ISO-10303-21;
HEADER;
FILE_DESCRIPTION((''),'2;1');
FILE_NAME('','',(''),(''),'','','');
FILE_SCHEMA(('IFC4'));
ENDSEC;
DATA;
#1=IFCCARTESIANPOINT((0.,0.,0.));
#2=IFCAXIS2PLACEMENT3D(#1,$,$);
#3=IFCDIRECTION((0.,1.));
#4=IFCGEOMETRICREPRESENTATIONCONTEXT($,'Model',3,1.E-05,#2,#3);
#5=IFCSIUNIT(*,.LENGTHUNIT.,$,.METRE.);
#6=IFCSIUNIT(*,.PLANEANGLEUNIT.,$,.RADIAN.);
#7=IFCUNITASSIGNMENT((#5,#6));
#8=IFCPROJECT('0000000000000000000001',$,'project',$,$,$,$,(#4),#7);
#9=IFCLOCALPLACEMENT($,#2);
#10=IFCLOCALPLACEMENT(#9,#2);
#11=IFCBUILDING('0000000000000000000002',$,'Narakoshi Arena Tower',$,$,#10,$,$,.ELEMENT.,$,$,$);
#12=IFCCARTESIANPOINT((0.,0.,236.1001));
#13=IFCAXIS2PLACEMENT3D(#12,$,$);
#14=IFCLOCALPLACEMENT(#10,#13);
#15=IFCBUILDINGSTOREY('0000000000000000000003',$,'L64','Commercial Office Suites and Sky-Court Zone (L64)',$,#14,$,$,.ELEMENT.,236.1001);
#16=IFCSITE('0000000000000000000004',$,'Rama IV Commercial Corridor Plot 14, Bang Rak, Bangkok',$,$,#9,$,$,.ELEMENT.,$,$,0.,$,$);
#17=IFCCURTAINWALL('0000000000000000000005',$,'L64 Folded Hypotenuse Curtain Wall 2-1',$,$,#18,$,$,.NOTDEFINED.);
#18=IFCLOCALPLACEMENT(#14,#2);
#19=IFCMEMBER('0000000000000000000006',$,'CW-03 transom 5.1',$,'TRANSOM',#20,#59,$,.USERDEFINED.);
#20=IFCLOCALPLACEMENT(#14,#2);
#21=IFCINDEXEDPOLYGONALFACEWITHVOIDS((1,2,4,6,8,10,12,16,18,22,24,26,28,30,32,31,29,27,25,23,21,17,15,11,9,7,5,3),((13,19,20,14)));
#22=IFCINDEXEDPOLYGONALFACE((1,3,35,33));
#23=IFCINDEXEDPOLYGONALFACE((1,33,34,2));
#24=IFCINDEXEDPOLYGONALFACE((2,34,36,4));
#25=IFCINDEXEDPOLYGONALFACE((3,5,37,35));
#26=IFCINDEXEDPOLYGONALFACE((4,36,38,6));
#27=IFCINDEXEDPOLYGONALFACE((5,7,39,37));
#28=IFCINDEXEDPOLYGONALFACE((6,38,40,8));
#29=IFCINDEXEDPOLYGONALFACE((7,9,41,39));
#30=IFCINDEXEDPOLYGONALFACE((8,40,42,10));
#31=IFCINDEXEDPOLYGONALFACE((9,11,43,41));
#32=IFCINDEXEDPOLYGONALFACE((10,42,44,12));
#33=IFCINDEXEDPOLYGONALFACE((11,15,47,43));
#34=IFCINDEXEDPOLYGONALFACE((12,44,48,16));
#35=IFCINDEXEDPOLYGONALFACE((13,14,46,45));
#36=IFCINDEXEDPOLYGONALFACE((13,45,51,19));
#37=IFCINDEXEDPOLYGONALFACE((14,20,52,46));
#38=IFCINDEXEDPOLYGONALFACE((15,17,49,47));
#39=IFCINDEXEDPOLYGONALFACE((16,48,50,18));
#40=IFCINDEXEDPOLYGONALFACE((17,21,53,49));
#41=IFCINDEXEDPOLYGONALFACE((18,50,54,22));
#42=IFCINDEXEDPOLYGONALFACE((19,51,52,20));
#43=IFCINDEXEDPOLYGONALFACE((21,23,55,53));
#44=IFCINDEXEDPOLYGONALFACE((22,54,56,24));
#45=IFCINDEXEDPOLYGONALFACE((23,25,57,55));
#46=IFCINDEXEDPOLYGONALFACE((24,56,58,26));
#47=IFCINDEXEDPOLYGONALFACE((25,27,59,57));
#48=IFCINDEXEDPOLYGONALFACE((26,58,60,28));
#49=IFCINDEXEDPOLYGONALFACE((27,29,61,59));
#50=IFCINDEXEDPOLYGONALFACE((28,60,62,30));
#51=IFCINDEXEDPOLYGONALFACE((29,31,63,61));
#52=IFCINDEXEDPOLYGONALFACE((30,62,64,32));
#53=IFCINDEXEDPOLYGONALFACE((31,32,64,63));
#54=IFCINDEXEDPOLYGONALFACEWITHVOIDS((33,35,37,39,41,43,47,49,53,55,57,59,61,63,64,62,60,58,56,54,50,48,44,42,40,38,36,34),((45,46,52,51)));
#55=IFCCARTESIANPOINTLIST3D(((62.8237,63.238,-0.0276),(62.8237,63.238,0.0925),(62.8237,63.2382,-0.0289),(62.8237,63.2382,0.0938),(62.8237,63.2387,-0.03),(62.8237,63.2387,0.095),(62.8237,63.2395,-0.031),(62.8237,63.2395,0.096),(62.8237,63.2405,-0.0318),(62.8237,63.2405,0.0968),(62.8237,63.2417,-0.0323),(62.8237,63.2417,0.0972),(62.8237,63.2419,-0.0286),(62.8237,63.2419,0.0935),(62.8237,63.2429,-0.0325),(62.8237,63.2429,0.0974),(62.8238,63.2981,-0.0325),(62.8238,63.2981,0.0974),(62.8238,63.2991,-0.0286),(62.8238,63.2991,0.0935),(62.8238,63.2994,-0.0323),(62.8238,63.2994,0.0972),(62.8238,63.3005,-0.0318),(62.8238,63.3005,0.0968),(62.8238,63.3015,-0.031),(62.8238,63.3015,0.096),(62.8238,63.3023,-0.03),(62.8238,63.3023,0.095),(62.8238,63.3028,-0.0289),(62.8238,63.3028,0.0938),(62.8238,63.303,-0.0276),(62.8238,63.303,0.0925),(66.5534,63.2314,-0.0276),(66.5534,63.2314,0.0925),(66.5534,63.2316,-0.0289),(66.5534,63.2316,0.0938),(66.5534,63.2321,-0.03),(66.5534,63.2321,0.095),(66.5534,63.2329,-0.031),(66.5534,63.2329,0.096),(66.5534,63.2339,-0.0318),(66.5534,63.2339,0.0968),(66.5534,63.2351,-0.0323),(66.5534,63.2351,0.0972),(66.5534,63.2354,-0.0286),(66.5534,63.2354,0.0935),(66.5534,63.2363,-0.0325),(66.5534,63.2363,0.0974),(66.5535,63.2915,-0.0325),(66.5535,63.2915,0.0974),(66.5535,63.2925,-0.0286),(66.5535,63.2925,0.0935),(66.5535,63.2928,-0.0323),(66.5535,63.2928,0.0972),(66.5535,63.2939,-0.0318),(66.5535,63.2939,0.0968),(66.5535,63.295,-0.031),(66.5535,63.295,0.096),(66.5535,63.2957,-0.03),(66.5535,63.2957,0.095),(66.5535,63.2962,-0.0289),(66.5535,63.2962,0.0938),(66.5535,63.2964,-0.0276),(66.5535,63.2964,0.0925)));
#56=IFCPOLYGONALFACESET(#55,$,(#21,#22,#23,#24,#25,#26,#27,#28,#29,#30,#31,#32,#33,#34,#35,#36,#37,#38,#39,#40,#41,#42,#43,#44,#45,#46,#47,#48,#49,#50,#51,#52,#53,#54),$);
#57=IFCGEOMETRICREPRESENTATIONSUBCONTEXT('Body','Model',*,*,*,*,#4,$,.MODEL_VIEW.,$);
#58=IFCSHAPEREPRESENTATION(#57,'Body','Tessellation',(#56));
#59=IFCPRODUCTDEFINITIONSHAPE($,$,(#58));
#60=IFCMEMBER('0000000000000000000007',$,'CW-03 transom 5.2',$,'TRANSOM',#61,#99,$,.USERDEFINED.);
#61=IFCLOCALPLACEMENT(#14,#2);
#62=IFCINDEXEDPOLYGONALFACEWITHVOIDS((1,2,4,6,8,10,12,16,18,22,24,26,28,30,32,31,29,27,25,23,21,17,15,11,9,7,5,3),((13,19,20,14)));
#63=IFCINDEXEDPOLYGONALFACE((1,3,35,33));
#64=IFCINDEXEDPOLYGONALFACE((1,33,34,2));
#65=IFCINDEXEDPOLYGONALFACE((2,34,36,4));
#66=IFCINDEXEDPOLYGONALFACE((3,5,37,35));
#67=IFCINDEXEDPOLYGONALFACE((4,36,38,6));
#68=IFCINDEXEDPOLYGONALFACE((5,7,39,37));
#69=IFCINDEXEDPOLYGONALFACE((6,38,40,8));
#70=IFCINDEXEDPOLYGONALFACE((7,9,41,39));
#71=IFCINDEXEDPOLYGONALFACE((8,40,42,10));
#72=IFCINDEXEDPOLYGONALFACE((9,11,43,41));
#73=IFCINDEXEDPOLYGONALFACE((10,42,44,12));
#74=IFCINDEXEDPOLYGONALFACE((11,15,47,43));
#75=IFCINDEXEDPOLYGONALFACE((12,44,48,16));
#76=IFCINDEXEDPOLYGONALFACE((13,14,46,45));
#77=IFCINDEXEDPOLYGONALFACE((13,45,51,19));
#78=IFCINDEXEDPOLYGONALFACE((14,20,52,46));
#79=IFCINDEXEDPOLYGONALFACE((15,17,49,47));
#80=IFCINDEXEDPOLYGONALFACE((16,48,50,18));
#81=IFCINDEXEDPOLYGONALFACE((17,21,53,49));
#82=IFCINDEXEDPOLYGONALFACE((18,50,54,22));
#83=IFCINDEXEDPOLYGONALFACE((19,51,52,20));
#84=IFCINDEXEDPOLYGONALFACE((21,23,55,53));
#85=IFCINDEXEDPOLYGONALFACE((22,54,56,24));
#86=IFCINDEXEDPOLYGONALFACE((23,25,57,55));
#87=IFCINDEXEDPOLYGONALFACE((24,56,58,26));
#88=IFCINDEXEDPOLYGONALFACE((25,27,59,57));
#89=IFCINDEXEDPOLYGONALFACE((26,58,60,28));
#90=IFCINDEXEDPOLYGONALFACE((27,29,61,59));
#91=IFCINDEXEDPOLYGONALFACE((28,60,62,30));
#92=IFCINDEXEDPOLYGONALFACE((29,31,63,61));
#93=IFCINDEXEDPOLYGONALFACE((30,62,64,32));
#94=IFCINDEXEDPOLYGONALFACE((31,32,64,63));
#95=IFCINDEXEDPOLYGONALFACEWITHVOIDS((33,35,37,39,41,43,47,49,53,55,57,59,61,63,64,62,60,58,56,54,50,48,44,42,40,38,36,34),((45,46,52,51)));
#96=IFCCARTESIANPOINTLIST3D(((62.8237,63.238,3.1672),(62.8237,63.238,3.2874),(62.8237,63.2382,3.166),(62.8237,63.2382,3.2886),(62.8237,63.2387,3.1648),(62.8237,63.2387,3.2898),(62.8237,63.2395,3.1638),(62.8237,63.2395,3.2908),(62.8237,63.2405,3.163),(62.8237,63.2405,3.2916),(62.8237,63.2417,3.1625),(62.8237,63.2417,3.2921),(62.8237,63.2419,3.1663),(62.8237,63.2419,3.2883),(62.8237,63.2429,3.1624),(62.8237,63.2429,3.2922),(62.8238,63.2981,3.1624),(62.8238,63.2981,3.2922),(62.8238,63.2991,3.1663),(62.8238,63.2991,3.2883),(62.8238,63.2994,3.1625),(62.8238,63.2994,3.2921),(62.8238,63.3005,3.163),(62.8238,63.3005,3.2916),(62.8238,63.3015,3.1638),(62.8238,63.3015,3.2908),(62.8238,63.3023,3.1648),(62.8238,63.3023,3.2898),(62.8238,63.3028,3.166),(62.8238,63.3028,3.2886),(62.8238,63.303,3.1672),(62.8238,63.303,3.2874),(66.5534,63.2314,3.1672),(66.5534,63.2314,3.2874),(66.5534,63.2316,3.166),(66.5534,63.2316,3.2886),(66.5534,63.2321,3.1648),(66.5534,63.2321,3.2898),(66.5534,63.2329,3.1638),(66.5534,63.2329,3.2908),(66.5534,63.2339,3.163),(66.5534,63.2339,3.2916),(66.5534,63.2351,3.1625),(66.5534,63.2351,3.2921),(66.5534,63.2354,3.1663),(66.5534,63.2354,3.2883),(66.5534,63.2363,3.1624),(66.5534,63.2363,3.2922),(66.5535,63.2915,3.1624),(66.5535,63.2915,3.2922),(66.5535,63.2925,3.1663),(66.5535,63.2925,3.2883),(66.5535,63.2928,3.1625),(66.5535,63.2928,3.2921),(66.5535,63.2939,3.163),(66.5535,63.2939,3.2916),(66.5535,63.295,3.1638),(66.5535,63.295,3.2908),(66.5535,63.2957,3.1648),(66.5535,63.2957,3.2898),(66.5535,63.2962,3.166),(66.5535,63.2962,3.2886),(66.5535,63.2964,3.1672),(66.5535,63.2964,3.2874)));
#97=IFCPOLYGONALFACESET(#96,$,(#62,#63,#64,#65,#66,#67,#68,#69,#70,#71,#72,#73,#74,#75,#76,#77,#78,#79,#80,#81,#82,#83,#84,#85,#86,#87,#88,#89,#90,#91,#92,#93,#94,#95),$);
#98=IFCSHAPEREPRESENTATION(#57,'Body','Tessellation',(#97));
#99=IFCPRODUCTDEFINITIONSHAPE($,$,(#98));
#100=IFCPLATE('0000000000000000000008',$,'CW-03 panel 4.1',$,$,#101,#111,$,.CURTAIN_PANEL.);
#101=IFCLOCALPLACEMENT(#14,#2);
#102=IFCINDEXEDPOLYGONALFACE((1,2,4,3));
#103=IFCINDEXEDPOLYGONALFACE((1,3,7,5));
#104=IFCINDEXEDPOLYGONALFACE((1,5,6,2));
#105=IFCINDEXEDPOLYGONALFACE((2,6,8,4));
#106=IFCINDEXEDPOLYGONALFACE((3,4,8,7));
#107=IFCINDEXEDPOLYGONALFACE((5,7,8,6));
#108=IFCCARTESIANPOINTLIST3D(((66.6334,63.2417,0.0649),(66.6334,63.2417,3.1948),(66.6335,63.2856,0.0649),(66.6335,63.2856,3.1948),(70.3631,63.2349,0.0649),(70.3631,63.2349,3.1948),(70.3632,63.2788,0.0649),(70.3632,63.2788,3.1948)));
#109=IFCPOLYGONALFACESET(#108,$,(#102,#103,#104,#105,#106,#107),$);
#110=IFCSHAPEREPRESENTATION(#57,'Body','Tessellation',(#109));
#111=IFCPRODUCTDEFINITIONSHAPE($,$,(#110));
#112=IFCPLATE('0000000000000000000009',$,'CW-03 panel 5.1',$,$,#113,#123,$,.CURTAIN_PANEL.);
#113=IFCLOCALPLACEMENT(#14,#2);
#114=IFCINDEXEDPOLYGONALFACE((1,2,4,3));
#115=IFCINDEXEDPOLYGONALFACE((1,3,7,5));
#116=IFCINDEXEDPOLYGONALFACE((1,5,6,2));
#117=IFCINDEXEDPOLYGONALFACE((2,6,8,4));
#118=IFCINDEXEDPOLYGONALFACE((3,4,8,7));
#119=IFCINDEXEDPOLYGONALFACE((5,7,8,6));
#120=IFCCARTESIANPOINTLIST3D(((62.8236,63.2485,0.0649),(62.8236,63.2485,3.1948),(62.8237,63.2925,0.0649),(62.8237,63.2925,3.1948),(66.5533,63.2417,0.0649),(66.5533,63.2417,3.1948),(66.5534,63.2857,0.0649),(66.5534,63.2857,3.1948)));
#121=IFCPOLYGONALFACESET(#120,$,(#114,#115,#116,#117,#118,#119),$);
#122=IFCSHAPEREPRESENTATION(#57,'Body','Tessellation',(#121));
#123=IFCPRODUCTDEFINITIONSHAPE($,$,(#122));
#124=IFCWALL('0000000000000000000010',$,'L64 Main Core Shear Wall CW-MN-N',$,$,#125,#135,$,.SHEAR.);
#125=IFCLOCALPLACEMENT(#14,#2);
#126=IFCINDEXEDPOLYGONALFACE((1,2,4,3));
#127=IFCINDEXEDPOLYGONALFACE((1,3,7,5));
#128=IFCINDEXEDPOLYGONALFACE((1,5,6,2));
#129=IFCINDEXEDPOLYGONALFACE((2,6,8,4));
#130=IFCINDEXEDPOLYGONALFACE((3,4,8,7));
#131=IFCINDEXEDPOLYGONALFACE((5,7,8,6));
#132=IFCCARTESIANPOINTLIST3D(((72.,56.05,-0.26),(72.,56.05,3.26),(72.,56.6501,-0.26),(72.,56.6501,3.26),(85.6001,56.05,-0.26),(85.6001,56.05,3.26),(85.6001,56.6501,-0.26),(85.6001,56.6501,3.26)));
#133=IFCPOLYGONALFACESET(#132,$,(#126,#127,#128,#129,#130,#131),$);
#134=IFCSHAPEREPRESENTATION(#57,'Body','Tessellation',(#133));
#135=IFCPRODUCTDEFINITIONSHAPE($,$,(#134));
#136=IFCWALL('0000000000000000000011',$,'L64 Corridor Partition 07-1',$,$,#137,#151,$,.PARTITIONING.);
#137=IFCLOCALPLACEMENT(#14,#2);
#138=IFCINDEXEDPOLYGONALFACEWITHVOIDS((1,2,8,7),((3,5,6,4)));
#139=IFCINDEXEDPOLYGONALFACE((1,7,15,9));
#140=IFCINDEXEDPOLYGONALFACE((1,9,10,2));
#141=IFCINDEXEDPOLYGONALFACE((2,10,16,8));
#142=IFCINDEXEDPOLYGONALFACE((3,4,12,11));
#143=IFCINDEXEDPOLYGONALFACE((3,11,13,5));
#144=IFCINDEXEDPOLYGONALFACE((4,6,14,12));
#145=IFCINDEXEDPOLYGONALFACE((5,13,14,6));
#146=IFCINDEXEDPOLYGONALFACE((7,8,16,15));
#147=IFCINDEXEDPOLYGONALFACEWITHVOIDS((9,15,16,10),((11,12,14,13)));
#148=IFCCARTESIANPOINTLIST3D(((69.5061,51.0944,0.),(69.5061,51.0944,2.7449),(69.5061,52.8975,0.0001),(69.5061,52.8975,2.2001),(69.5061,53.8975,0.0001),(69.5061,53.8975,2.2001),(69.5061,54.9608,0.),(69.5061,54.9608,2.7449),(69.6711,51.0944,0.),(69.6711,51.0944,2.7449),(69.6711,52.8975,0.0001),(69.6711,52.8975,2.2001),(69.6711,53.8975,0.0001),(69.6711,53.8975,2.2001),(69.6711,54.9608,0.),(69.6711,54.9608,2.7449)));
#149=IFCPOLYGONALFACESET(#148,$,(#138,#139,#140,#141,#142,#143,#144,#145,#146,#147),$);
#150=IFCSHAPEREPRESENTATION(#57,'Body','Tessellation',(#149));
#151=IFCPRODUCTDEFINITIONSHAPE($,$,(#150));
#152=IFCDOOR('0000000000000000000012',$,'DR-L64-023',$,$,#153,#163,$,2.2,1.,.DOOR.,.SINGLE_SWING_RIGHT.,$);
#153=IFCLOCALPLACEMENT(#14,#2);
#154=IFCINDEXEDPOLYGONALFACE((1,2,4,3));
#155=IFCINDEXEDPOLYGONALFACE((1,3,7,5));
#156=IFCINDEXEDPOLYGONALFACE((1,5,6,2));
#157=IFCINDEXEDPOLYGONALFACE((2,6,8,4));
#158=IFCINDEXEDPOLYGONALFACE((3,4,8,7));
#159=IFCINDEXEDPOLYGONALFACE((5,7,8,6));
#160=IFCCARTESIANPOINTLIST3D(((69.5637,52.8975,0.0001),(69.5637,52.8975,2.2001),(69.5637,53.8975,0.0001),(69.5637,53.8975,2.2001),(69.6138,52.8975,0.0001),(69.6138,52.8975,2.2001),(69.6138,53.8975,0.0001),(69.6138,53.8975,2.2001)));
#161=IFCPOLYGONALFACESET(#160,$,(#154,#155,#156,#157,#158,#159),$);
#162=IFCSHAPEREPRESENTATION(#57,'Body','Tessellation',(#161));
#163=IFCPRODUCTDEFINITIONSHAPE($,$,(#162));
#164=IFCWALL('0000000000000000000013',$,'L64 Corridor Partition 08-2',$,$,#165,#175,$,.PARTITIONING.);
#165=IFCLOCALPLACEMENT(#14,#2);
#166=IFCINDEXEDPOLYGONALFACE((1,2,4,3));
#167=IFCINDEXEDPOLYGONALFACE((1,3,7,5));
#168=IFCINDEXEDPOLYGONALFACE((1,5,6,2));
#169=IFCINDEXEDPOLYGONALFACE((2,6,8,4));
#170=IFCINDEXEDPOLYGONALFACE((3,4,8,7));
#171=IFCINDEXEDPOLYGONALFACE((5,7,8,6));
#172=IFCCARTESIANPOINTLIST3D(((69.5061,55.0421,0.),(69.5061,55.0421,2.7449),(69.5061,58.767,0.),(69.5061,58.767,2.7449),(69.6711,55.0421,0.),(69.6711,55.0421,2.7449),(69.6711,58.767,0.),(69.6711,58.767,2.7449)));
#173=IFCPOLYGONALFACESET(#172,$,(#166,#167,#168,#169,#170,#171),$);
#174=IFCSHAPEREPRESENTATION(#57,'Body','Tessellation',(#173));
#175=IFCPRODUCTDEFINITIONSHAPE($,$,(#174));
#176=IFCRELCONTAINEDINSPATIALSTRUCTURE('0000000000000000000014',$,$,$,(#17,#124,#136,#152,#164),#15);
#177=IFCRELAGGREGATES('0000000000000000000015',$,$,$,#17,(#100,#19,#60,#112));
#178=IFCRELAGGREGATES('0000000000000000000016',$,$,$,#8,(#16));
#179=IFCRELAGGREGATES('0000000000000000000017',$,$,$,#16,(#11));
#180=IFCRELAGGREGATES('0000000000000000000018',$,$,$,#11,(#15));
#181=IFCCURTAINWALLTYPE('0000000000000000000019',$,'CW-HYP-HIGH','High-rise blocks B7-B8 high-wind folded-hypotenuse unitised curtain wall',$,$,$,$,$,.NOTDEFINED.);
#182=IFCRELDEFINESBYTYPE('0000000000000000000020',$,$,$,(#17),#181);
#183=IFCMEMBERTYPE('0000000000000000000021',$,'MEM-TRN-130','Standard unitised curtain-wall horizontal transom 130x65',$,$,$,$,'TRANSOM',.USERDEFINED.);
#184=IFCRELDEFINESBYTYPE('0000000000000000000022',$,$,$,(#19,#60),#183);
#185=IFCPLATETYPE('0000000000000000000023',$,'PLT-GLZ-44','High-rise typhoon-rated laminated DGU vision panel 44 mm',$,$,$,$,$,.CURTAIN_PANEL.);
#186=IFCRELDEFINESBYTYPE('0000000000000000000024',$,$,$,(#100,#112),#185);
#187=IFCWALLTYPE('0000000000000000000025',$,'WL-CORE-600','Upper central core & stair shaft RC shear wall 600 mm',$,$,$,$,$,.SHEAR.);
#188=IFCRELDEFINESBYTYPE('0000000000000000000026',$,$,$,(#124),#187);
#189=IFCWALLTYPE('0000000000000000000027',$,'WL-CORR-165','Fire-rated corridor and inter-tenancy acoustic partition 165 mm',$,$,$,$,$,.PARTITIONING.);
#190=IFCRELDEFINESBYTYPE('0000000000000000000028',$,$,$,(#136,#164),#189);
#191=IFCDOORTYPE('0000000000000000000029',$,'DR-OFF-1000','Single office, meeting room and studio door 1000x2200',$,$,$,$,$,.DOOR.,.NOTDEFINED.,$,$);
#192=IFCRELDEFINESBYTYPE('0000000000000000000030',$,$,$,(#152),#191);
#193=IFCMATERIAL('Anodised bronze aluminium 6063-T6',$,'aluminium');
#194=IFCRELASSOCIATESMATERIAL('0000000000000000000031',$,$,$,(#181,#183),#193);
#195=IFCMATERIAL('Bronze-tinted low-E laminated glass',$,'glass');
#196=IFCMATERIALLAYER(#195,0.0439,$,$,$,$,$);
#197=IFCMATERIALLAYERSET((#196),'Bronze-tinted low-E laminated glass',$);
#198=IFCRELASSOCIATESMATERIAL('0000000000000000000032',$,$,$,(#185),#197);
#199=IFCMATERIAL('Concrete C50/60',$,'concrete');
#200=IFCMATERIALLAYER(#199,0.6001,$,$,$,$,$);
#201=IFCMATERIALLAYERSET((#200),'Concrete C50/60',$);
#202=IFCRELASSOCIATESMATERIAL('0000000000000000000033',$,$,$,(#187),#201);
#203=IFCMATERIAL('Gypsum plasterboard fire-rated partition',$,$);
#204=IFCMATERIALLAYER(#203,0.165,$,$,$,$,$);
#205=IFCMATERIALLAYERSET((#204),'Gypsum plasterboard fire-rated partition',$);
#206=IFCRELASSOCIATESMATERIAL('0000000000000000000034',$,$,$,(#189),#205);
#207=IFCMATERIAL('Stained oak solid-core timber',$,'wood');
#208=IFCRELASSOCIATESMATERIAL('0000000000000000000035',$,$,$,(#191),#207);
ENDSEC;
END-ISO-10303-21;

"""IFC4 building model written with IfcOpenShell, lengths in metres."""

from ifc_helpers import new_model, si_unit, direction, frame, frame_2d, origin, origin_2d, place, context, subcontext, project, spatial, rectangle, hollow_rectangle, extrude, material, layer, layer_set, material_profile, profile_set, type_object, element, fill, aggregate, save


model = new_model("IFC4")

# Units and contexts
model_context = context("Model", 3, precision=1e-05, world=origin(), true_north=direction((0.0, 1.0)))
body_context = subcontext(model_context, "Body", "Model", "MODEL_VIEW")
ifc_project = project(units=[si_unit("LENGTHUNIT", "METRE"), si_unit("PLANEANGLEUNIT", "RADIAN")], contexts=[model_context])

# Site, building, storey
site_placement = place(None, origin())
site = spatial("IfcSite", under=ifc_project, at=site_placement, Name="Rama IV Commercial Corridor Plot 14, Bang Rak, Bangkok", CompositionType="ELEMENT", RefElevation=0.0)
building_placement = place(site_placement, origin())
building = spatial("IfcBuilding", under=site, at=building_placement, Name="Narakoshi Arena Tower", CompositionType="ELEMENT")
storey_placement = place(building_placement, frame((0.0, 0.0, 236.1001)))
storey = spatial("IfcBuildingStorey", under=building, at=storey_placement, Name="L64", Description="Commercial Office Suites and Sky-Court Zone (L64)", CompositionType="ELEMENT", Elevation=236.1001)

# Shared definitions
ifc_material_1 = material(Name="Concrete C50/60", Category="concrete")

# Curtain wall, members, plates
ifc_material_2 = material(Name="Anodised bronze aluminium 6063-T6", Category="aluminium")
curtain_wall_type = type_object("IfcCurtainWallType", Name="CW-HYP-HIGH", Description="High-rise blocks B7-B8 high-wind folded-hypotenuse unitised curtain wall", PredefinedType="NOTDEFINED", material=ifc_material_2)
curtain_wall_placement = place(storey_placement, origin())
curtain_wall = element("IfcCurtainWall", 1, at=curtain_wall_placement, inside=storey, type_object=curtain_wall_type, Name="L64 Folded Hypotenuse Curtain Wall 2-1", PredefinedType="NOTDEFINED")
ifc_material_profile_1 = material_profile(ifc_material_2, hollow_rectangle(XDim=0.0649, YDim=0.1299, WallThickness=0.0039, OuterFilletRadius=0.0049, at=origin_2d()), Name="TRN130x65x4")
ifc_profile_set_1 = profile_set([ifc_material_profile_1], Name="Anodised bronze aluminium 6063-T6")
member_type_1 = type_object("IfcMemberType", Name="MEM-TRN-130", Description="Standard unitised curtain-wall horizontal transom 130x65", ElementType="TRANSOM", PredefinedType="USERDEFINED", material=ifc_profile_set_1)
member_1_placement = place(storey_placement, frame((66.5535, 63.2639, 0.0325), z_axis=(-0.999998, 0.001767, 0.0), x_axis=(-0.001767, -0.999998, 0.0)))
member_1 = element("IfcMember", 2, at=member_1_placement, type_object=member_type_1, Name="CW-03 transom 5.1", ObjectType="TRANSOM", PredefinedType="USERDEFINED", context=body_context, shape_type="SweptSolid", body=[
    extrude(hollow_rectangle(XDim=0.0649, YDim=0.1299, WallThickness=0.0039, OuterFilletRadius=0.0049, at=origin_2d()), origin(), (0.0, 0.0, 1.0), 3.7297),
])
member_2_placement = place(storey_placement, frame((66.5535, 63.2639, 3.2273), z_axis=(-0.999998, 0.001767, 0.0), x_axis=(-0.001767, -0.999998, 0.0)))
member_2 = element("IfcMember", 3, at=member_2_placement, type_object=member_type_1, Name="CW-03 transom 5.2", ObjectType="TRANSOM", PredefinedType="USERDEFINED", context=body_context, shape_type="SweptSolid", body=[
    extrude(hollow_rectangle(XDim=0.0649, YDim=0.1299, WallThickness=0.0039, OuterFilletRadius=0.0049, at=origin_2d()), origin(), (0.0, 0.0, 1.0), 3.7297),
])
ifc_material_3 = material(Name="Bronze-tinted low-E laminated glass", Category="glass")
ifc_layer_1 = layer(ifc_material_3, 0.0439)
ifc_layer_set_1 = layer_set([ifc_layer_1], Name="Bronze-tinted low-E laminated glass")
plate_type = type_object("IfcPlateType", Name="PLT-GLZ-44", Description="High-rise typhoon-rated laminated DGU vision panel 44 mm", PredefinedType="CURTAIN_PANEL", material=ifc_layer_set_1)
plate_1_placement = place(storey_placement, frame((68.4983, 63.2603, 0.0649), z_axis=(0.0, 0.0, 1.0), x_axis=(-0.999998, 0.00182, 0.0)))
plate_1 = element("IfcPlate", 4, at=plate_1_placement, type_object=plate_type, Name="CW-03 panel 4.1", PredefinedType="CURTAIN_PANEL", context=body_context, shape_type="SweptSolid", body=[
    extrude(rectangle(XDim=3.7297, YDim=0.0439, at=origin_2d()), origin(), (0.0, 0.0, 1.0), 3.1299),
])
plate_2_placement = place(storey_placement, frame((64.6885, 63.2671, 0.0649), z_axis=(0.0, 0.0, 1.0), x_axis=(-0.999998, 0.00182, 0.0)))
plate_2 = element("IfcPlate", 5, at=plate_2_placement, type_object=plate_type, Name="CW-03 panel 5.1", PredefinedType="CURTAIN_PANEL", context=body_context, shape_type="SweptSolid", body=[
    extrude(rectangle(XDim=3.7297, YDim=0.0439, at=origin_2d()), origin(), (0.0, 0.0, 1.0), 3.1299),
])
aggregate(curtain_wall, [plate_1, member_1, member_2, plate_2])

# Wall
ifc_layer_2 = layer(ifc_material_1, 0.6001)
ifc_layer_set_2 = layer_set([ifc_layer_2], Name="Concrete C50/60")
wall_type_1 = type_object("IfcWallType", Name="WL-CORE-600", Description="Upper central core & stair shaft RC shear wall 600 mm", PredefinedType="SHEAR", material=ifc_layer_set_2)
wall_1_placement = place(storey_placement, frame((72.0, 56.3501, -0.26), z_axis=(0.0, 0.0, 1.0), x_axis=(1.0, 0.0, 0.0)))
element("IfcWall", 6, at=wall_1_placement, inside=storey, type_object=wall_type_1, Name="L64 Main Core Shear Wall CW-MN-N", PredefinedType="SHEAR", context=body_context, shape_type="SweptSolid", body=[
    extrude(rectangle(XDim=13.6001, YDim=0.6001, at=frame_2d((6.8, 0.0))), origin(), (0.0, 0.0, 1.0), 3.52),
])

# Wall, opening, door
ifc_material_4 = material(Name="Gypsum plasterboard fire-rated partition")
ifc_layer_3 = layer(ifc_material_4, 0.165)
ifc_layer_set_3 = layer_set([ifc_layer_3], Name="Gypsum plasterboard fire-rated partition")
wall_type_2 = type_object("IfcWallType", Name="WL-CORR-165", Description="Fire-rated corridor and inter-tenancy acoustic partition 165 mm", PredefinedType="PARTITIONING", material=ifc_layer_set_3)
wall_2_placement = place(storey_placement, frame((69.5886, 54.9607, 0.0), z_axis=(0.0, 0.0, 1.0), x_axis=(0.0, -1.0, 0.0)))
wall_2 = element("IfcWall", 7, at=wall_2_placement, inside=storey, type_object=wall_type_2, Name="L64 Corridor Partition 07-1", PredefinedType="PARTITIONING", context=body_context, shape_type="SweptSolid", body=[
    extrude(rectangle(XDim=3.8665, YDim=0.165, at=frame_2d((1.9331, 0.0))), origin(), (0.0, 0.0, 1.0), 2.7449),
])
opening_1_placement = place(wall_2_placement, frame((1.0632, 0.0, 0.0)))
opening_1 = element("IfcOpeningElement", 8, at=opening_1_placement, cuts=wall_2, PredefinedType="OPENING", context=body_context, shape_type="SweptSolid", body=[
    extrude(rectangle(XDim=1.0, YDim=2.2, at=frame_2d((0.5, 1.1001))), frame((0.0, 0.0925, 0.0), z_axis=(0.0, -1.0, 0.0), x_axis=(1.0, 0.0, 0.0)), (0.0, 0.0, 1.0), 0.1851),
])
ifc_material_5 = material(Name="Stained oak solid-core timber", Category="wood")
door_type_1 = type_object("IfcDoorType", Name="DR-OFF-1000", Description="Single office, meeting room and studio door 1000x2200", OperationType="NOTDEFINED", PredefinedType="DOOR", material=ifc_material_5)
door_1_placement = place(opening_1_placement, frame((1.0, 0.0, 0.0), z_axis=(0.0, 0.0, 1.0), x_axis=(-1.0, 0.0, 0.0)))
door_1 = element("IfcDoor", 9, at=door_1_placement, inside=storey, type_object=door_type_1, Name="DR-L64-023", OperationType="SINGLE_SWING_RIGHT", OverallHeight=2.2, OverallWidth=1.0, PredefinedType="DOOR", context=body_context, shape_type="SweptSolid", body=[
    extrude(rectangle(XDim=1.0, YDim=2.2, at=frame_2d((0.5, 1.1001))), frame((0.0, 0.0249, 0.0), z_axis=(0.0, -1.0, 0.0), x_axis=(1.0, 0.0, 0.0)), (0.0, 0.0, 1.0), 0.05),
])
fill(opening_1, door_1)

# Wall
wall_3_placement = place(storey_placement, frame((69.5886, 58.7668, 0.0), z_axis=(0.0, 0.0, 1.0), x_axis=(0.0, -1.0, 0.0)))
element("IfcWall", 10, at=wall_3_placement, inside=storey, type_object=wall_type_2, Name="L64 Corridor Partition 08-2", PredefinedType="PARTITIONING", context=body_context, shape_type="SweptSolid", body=[
    extrude(rectangle(XDim=3.7249, YDim=0.165, at=frame_2d((1.8623, 0.0))), origin(), (0.0, 0.0, 1.0), 2.7449),
])

save(model, "model.ifc")
